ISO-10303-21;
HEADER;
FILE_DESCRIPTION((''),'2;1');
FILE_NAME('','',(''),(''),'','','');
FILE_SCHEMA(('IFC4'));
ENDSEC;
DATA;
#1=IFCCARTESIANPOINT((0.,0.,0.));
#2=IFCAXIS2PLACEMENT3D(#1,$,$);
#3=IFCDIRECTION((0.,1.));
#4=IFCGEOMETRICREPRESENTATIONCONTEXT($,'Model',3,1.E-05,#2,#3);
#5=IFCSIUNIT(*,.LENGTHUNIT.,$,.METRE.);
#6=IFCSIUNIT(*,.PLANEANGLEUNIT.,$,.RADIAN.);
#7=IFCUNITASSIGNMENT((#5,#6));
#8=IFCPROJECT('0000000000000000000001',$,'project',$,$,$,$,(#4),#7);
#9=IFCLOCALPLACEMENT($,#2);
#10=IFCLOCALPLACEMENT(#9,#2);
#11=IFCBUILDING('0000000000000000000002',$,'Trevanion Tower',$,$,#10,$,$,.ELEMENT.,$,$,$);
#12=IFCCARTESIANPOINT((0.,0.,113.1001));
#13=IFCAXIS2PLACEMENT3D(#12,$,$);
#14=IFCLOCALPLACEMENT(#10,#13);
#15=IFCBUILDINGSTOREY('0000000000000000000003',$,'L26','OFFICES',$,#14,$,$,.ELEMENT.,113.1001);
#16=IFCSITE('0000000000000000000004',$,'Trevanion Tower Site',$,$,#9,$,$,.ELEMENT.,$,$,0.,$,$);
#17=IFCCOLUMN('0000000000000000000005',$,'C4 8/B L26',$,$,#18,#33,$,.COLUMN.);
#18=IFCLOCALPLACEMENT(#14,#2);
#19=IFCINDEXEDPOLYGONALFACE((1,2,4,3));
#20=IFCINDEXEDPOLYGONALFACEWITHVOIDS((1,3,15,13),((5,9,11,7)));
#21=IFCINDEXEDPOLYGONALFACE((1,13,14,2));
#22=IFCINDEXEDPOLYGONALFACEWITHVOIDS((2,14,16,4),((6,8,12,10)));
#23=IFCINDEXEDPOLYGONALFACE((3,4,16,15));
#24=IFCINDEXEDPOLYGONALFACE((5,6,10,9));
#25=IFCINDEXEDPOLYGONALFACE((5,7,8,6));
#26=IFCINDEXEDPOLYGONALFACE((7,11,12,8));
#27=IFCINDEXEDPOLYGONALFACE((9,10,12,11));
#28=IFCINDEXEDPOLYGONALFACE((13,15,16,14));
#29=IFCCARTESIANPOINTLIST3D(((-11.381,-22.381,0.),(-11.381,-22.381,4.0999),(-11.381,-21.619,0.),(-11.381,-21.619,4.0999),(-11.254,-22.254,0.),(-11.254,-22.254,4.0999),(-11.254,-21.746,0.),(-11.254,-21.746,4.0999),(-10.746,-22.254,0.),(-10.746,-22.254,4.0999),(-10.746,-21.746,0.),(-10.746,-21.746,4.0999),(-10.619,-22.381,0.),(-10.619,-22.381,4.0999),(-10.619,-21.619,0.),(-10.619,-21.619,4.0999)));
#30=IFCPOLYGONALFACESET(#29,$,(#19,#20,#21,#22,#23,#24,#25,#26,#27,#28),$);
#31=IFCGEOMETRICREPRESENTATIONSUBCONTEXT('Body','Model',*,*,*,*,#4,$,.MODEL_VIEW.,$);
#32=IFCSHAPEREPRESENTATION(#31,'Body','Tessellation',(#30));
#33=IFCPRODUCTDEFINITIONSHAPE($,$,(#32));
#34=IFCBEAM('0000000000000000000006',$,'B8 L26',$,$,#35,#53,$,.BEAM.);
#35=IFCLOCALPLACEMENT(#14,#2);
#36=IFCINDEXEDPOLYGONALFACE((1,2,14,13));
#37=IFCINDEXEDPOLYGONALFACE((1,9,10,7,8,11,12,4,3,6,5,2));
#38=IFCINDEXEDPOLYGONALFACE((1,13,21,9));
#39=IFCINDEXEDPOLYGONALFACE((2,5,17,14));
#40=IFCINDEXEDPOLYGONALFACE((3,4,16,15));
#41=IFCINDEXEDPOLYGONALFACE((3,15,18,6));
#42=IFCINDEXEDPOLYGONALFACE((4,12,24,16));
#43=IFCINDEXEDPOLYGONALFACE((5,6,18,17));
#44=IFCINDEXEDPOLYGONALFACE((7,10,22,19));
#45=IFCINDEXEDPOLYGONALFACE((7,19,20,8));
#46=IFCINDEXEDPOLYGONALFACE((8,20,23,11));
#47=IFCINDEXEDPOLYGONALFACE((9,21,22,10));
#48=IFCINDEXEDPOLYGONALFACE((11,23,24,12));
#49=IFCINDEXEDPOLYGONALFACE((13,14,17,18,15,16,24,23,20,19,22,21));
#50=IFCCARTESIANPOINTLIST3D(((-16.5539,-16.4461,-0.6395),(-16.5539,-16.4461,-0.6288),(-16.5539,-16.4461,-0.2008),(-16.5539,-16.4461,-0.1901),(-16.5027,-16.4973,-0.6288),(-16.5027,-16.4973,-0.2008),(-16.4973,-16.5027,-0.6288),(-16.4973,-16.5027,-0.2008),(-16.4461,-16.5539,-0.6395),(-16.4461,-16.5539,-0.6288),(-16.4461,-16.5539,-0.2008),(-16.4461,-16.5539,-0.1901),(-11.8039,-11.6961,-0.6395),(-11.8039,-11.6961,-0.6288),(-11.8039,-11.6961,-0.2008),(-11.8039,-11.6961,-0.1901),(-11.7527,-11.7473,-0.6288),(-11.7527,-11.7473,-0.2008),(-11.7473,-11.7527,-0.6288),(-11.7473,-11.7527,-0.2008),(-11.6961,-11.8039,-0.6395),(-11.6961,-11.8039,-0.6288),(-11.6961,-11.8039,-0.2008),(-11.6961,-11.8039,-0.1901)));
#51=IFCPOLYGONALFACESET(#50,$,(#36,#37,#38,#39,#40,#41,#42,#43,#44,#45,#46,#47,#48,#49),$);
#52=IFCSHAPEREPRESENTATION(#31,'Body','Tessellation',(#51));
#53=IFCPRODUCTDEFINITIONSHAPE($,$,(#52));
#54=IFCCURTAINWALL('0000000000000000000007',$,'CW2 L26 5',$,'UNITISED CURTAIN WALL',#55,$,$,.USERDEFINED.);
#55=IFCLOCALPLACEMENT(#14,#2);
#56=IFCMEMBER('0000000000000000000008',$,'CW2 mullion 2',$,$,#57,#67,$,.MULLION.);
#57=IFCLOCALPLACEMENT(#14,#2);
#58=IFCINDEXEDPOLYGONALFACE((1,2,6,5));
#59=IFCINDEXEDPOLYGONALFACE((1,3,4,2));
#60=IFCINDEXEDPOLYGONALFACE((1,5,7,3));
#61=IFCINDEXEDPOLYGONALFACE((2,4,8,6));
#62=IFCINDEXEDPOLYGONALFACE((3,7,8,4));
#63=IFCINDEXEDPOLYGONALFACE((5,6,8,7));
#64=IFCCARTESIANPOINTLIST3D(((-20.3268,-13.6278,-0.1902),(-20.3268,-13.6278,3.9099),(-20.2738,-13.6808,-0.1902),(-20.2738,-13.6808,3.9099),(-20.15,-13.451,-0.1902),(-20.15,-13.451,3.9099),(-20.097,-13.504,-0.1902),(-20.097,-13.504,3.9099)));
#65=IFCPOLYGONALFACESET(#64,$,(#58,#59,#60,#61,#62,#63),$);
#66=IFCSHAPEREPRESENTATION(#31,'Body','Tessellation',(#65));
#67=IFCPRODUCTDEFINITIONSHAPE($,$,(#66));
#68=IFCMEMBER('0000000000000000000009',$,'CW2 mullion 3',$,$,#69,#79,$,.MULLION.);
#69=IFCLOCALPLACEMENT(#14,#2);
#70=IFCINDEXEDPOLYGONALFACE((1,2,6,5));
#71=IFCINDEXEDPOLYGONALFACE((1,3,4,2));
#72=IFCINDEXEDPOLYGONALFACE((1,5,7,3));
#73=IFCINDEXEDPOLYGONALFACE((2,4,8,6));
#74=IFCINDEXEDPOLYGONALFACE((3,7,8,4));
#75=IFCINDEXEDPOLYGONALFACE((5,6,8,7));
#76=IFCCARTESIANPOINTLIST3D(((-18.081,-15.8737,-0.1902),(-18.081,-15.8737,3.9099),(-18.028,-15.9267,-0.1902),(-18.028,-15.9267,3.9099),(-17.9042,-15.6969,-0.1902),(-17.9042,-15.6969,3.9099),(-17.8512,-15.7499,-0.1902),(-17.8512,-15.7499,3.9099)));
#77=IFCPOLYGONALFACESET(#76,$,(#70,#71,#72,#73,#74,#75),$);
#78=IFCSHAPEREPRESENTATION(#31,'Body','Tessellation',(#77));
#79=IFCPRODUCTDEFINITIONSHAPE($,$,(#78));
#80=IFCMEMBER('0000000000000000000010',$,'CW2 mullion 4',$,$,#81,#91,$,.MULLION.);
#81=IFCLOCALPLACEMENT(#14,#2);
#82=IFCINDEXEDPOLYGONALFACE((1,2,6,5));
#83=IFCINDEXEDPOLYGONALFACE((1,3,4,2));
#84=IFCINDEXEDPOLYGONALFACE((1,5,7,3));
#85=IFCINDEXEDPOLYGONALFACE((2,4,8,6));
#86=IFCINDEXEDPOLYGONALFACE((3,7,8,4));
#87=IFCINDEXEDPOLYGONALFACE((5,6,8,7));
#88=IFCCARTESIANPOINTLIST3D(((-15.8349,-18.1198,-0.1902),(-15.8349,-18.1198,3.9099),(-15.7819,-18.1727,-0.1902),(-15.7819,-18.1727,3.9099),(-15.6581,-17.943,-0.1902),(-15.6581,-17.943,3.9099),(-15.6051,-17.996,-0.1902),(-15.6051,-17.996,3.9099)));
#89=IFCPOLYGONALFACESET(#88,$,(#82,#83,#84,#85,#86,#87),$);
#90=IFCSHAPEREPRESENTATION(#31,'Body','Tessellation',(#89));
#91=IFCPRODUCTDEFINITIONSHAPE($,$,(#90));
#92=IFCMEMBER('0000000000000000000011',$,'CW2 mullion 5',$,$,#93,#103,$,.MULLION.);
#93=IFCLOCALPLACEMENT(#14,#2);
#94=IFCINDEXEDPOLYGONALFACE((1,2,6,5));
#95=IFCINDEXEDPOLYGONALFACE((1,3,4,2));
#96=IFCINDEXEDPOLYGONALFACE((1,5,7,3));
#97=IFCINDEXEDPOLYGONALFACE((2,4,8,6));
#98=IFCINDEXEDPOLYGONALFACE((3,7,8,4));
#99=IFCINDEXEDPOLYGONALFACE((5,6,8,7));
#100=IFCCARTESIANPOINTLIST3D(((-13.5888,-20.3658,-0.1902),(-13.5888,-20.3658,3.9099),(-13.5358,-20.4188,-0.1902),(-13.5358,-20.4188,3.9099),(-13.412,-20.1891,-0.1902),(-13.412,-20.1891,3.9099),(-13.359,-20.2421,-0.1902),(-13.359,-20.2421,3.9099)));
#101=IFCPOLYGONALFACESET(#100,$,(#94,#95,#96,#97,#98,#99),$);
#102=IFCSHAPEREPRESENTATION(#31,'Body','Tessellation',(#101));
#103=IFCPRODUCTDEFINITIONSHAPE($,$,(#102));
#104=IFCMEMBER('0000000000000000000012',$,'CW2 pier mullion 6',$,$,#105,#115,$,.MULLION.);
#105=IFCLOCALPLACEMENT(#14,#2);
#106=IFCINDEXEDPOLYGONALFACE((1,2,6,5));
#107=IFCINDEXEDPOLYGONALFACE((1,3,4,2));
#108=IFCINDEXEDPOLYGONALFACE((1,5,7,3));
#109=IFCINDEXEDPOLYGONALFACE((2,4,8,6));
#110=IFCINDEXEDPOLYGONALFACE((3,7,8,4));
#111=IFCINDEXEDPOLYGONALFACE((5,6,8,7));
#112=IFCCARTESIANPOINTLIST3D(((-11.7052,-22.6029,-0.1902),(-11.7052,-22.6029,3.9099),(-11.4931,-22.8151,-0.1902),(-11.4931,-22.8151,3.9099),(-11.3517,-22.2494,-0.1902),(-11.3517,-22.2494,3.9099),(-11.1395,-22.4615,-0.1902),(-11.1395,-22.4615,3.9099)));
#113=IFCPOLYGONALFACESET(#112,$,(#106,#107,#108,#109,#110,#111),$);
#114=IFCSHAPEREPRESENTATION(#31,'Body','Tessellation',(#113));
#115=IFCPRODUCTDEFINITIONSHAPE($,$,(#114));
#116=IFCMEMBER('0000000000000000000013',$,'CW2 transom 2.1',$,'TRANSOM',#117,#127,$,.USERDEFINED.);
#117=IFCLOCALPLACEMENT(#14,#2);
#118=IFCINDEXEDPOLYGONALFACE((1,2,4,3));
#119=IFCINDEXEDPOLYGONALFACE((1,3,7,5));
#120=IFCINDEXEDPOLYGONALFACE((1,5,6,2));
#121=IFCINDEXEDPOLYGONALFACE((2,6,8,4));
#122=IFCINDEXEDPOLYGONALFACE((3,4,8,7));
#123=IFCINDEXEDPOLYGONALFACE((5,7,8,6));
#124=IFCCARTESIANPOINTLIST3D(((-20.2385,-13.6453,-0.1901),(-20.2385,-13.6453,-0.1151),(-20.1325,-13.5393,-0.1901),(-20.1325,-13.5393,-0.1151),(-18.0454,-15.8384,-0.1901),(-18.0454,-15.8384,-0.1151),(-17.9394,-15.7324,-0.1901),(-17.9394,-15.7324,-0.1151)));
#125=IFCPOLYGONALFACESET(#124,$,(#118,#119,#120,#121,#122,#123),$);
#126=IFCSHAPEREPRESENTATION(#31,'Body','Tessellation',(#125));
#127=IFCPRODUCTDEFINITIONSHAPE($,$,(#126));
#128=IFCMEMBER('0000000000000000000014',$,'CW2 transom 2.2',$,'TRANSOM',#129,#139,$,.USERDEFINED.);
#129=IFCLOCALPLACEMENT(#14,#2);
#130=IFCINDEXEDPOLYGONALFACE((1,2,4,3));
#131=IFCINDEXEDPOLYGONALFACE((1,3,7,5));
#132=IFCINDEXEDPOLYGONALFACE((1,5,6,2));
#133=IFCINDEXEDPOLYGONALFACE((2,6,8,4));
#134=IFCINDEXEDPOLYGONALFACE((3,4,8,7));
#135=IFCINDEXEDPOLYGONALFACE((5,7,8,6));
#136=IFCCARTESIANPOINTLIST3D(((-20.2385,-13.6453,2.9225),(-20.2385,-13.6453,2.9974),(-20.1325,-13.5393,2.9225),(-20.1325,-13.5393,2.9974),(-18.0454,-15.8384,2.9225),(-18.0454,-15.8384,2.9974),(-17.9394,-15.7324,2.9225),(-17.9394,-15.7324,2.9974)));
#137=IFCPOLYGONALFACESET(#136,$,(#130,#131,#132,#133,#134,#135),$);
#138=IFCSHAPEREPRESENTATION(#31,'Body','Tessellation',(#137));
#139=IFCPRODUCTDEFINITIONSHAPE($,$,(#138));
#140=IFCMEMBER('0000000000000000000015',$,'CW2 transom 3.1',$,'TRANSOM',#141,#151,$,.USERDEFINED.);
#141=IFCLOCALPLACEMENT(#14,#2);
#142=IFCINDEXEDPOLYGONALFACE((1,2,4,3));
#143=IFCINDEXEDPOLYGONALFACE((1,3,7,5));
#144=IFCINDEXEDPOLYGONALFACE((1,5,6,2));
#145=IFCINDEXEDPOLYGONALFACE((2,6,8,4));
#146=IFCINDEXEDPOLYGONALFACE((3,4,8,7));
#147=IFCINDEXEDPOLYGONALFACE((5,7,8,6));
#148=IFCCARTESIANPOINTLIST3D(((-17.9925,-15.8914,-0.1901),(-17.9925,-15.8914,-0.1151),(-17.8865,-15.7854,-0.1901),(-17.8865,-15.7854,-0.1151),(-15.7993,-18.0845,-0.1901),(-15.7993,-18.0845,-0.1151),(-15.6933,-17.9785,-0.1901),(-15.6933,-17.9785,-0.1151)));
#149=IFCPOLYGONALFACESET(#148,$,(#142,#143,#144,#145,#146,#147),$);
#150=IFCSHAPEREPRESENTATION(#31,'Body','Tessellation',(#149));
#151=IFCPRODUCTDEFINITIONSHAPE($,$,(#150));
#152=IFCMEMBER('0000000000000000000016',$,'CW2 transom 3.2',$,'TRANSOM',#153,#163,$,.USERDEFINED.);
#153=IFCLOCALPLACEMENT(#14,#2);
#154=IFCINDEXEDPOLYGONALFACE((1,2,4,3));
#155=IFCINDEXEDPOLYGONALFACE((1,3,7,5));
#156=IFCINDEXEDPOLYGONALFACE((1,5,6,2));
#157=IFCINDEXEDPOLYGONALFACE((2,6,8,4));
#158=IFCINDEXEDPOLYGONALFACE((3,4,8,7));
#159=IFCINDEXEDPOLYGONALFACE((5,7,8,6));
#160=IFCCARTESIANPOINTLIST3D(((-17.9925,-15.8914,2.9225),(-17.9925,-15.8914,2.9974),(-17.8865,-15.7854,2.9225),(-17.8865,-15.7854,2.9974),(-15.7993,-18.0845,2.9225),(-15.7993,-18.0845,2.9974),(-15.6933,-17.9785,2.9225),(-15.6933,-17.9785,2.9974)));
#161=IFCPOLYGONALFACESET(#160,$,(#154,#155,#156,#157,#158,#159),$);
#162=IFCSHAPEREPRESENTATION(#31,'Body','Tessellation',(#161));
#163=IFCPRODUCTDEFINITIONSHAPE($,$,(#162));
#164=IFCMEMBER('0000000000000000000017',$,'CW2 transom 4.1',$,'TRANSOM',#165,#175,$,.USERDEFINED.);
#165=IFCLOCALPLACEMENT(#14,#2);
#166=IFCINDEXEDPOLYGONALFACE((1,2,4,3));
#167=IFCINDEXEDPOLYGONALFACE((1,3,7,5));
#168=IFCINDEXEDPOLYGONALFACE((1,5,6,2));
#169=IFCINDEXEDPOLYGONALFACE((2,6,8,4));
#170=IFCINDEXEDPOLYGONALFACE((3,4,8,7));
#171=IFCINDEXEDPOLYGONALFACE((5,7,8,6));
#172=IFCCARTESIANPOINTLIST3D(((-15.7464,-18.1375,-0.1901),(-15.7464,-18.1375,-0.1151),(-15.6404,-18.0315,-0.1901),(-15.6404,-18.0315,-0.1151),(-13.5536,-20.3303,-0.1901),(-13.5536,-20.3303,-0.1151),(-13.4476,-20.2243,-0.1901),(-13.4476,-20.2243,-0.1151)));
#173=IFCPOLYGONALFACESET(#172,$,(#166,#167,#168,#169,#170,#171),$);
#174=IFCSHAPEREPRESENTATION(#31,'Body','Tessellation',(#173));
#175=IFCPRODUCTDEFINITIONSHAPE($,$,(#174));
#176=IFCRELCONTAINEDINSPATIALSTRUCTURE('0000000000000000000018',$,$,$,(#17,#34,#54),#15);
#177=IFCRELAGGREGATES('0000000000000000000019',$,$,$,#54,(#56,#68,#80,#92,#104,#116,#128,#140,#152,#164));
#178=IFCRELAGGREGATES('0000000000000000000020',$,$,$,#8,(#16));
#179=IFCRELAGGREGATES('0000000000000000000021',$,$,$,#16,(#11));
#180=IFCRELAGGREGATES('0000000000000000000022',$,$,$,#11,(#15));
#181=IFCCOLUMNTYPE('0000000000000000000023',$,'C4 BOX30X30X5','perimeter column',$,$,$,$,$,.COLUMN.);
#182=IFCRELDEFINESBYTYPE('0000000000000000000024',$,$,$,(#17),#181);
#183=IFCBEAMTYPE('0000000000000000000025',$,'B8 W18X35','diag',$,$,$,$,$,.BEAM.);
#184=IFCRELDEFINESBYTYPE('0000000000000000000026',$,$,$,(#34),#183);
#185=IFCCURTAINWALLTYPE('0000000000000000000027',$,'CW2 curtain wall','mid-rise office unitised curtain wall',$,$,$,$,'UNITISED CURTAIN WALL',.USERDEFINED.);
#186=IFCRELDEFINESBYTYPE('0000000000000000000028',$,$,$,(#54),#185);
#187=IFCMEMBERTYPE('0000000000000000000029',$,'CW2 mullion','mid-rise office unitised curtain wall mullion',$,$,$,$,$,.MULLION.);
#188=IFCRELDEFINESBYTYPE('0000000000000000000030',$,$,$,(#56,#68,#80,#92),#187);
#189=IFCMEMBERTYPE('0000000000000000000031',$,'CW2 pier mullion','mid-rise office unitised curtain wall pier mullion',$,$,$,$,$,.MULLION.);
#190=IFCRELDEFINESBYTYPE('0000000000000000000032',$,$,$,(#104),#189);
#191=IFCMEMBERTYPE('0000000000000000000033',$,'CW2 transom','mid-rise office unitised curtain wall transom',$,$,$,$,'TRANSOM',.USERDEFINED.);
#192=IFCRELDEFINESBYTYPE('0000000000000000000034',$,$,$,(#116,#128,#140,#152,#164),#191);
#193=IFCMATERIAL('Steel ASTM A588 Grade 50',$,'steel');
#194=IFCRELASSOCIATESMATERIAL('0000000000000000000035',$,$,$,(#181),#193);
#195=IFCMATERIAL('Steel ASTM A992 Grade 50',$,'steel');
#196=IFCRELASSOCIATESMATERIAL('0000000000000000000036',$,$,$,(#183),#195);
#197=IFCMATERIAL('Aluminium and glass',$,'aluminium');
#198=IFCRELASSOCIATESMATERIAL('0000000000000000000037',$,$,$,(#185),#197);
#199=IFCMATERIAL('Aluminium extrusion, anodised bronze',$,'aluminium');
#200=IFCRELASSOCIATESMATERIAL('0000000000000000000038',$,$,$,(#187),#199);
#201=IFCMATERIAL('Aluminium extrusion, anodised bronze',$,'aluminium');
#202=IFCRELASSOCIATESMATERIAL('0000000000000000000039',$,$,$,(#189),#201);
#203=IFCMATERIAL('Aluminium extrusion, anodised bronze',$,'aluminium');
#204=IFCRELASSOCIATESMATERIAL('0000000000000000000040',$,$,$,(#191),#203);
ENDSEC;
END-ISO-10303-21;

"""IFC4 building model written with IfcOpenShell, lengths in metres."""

from ifc_helpers import new_model, si_unit, direction, frame, origin, origin_2d, place, context, subcontext, project, spatial, rectangle, hollow_rectangle, i_section, extrude, material, material_profile, profile_set, type_object, element, aggregate, save


model = new_model("IFC4")

# Units and contexts
model_context = context("Model", 3, precision=1e-05, world=origin(), true_north=direction((0.0, 1.0)))
body_context = subcontext(model_context, "Body", "Model", "MODEL_VIEW")
ifc_project = project(units=[si_unit("LENGTHUNIT", "METRE"), si_unit("PLANEANGLEUNIT", "RADIAN")], contexts=[model_context])

# Site, building, storey
site_placement = place(None, origin())
site = spatial("IfcSite", under=ifc_project, at=site_placement, Name="Trevanion Tower Site", CompositionType="ELEMENT", RefElevation=0.0)
building_placement = place(site_placement, origin())
building = spatial("IfcBuilding", under=site, at=building_placement, Name="Trevanion Tower", CompositionType="ELEMENT")
storey_placement = place(building_placement, frame((0.0, 0.0, 113.1001)))
storey = spatial("IfcBuildingStorey", under=building, at=storey_placement, Name="L26", Description="OFFICES", CompositionType="ELEMENT", Elevation=113.1001)

# Column
ifc_material_1 = material(Name="Steel ASTM A588 Grade 50", Category="steel")
ifc_material_profile_1 = material_profile(ifc_material_1, hollow_rectangle(XDim=0.762, YDim=0.762, WallThickness=0.127, at=origin_2d()), Name="BOX30X30X5")
ifc_profile_set_1 = profile_set([ifc_material_profile_1], Name="Steel ASTM A588 Grade 50")
column_type = type_object("IfcColumnType", Name="C4 BOX30X30X5", Description="perimeter column", PredefinedType="COLUMN", material=ifc_profile_set_1)
column_placement = place(storey_placement, frame((-11.0, -22.0, 0.0), z_axis=(0.0, 0.0, 1.0), x_axis=(1.0, 0.0, 0.0)))
element("IfcColumn", 1, at=column_placement, inside=storey, type_object=column_type, Name="C4 8/B L26", PredefinedType="COLUMN", context=body_context, shape_type="SweptSolid", body=[
    extrude(hollow_rectangle(XDim=0.762, YDim=0.762, WallThickness=0.127, at=origin_2d()), origin(), (0.0, 0.0, 1.0), 4.0999),
])

# Beam
ifc_material_2 = material(Name="Steel ASTM A992 Grade 50", Category="steel")
ifc_material_profile_2 = material_profile(ifc_material_2, i_section(OverallWidth=0.1523, OverallDepth=0.4495, WebThickness=0.0076, FlangeThickness=0.0107, at=origin_2d()), Name="W18X35")
ifc_profile_set_2 = profile_set([ifc_material_profile_2], Name="Steel ASTM A992 Grade 50")
beam_type_1 = type_object("IfcBeamType", Name="B8 W18X35", Description="diag", PredefinedType="BEAM", material=ifc_profile_set_2)
beam_1_placement = place(storey_placement, frame((-11.75, -11.75, -0.4148), z_axis=(-0.707107, -0.707107, 0.0), x_axis=(0.707107, -0.707107, 0.0)))
element("IfcBeam", 2, at=beam_1_placement, inside=storey, type_object=beam_type_1, Name="B8 L26", PredefinedType="BEAM", context=body_context, shape_type="SweptSolid", body=[
    extrude(i_section(OverallWidth=0.1523, OverallDepth=0.4495, WebThickness=0.0076, FlangeThickness=0.0107, at=origin_2d()), origin(), (0.0, 0.0, 1.0), 6.7175),
])

# Curtain wall, members
ifc_material_3 = material(Name="Aluminium and glass", Category="aluminium")
curtain_wall_type = type_object("IfcCurtainWallType", Name="CW2 curtain wall", Description="mid-rise office unitised curtain wall", ElementType="UNITISED CURTAIN WALL", PredefinedType="USERDEFINED", material=ifc_material_3)
curtain_wall_placement = place(storey_placement, origin())
curtain_wall = element("IfcCurtainWall", 3, at=curtain_wall_placement, inside=storey, type_object=curtain_wall_type, Name="CW2 L26 5", ObjectType="UNITISED CURTAIN WALL", PredefinedType="USERDEFINED")
ifc_material_4 = material(Name="Aluminium extrusion, anodised bronze", Category="aluminium")
ifc_material_profile_3 = material_profile(ifc_material_4, rectangle(XDim=0.075, YDim=0.25, at=origin_2d()), Name="CW2 mullion")
ifc_profile_set_3 = profile_set([ifc_material_profile_3], Name="Aluminium extrusion, anodised bronze")
member_type_1 = type_object("IfcMemberType", Name="CW2 mullion", Description="mid-rise office unitised curtain wall mullion", PredefinedType="MULLION", material=ifc_profile_set_3)
member_1_placement = place(storey_placement, frame((-20.2119, -13.5659, -0.1902), z_axis=(0.0, 0.0, 1.0), x_axis=(0.707107, -0.707107, 0.0)))
member_1 = element("IfcMember", 4, at=member_1_placement, type_object=member_type_1, Name="CW2 mullion 2", PredefinedType="MULLION", context=body_context, shape_type="SweptSolid", body=[
    extrude(rectangle(XDim=0.075, YDim=0.25, at=origin_2d()), origin(), (0.0, 0.0, 1.0), 4.1001),
])
member_2_placement = place(storey_placement, frame((-17.9661, -15.8118, -0.1902), z_axis=(0.0, 0.0, 1.0), x_axis=(0.707107, -0.707107, 0.0)))
member_2 = element("IfcMember", 5, at=member_2_placement, type_object=member_type_1, Name="CW2 mullion 3", PredefinedType="MULLION", context=body_context, shape_type="SweptSolid", body=[
    extrude(rectangle(XDim=0.075, YDim=0.25, at=origin_2d()), origin(), (0.0, 0.0, 1.0), 4.1001),
])
member_3_placement = place(storey_placement, frame((-15.72, -18.0579, -0.1902), z_axis=(0.0, 0.0, 1.0), x_axis=(0.707107, -0.707107, 0.0)))
member_3 = element("IfcMember", 6, at=member_3_placement, type_object=member_type_1, Name="CW2 mullion 4", PredefinedType="MULLION", context=body_context, shape_type="SweptSolid", body=[
    extrude(rectangle(XDim=0.075, YDim=0.25, at=origin_2d()), origin(), (0.0, 0.0, 1.0), 4.1001),
])
member_4_placement = place(storey_placement, frame((-13.4739, -20.304, -0.1902), z_axis=(0.0, 0.0, 1.0), x_axis=(0.707107, -0.707107, 0.0)))
member_4 = element("IfcMember", 7, at=member_4_placement, type_object=member_type_1, Name="CW2 mullion 5", PredefinedType="MULLION", context=body_context, shape_type="SweptSolid", body=[
    extrude(rectangle(XDim=0.075, YDim=0.25, at=origin_2d()), origin(), (0.0, 0.0, 1.0), 4.1001),
])
ifc_material_5 = material(Name="Aluminium extrusion, anodised bronze", Category="aluminium")
ifc_material_profile_4 = material_profile(ifc_material_5, rectangle(XDim=0.3, YDim=0.5, at=origin_2d()), Name="CW2 pier mullion")
ifc_profile_set_4 = profile_set([ifc_material_profile_4], Name="Aluminium extrusion, anodised bronze")
member_type_2 = type_object("IfcMemberType", Name="CW2 pier mullion", Description="mid-rise office unitised curtain wall pier mullion", PredefinedType="MULLION", material=ifc_profile_set_4)
member_5_placement = place(storey_placement, frame((-11.4224, -22.5322, -0.1902), z_axis=(0.0, 0.0, 1.0), x_axis=(0.707107, -0.707107, 0.0)))
member_5 = element("IfcMember", 8, at=member_5_placement, type_object=member_type_2, Name="CW2 pier mullion 6", PredefinedType="MULLION", context=body_context, shape_type="SweptSolid", body=[
    extrude(rectangle(XDim=0.3, YDim=0.5, at=origin_2d()), origin(), (0.0, 0.0, 1.0), 4.1001),
])
ifc_material_6 = material(Name="Aluminium extrusion, anodised bronze", Category="aluminium")
ifc_material_profile_5 = material_profile(ifc_material_6, rectangle(XDim=0.1499, YDim=0.075, at=origin_2d()), Name="CW2 transom")
ifc_profile_set_5 = profile_set([ifc_material_profile_5], Name="Aluminium extrusion, anodised bronze")
member_type_3 = type_object("IfcMemberType", Name="CW2 transom", Description="mid-rise office unitised curtain wall transom", ElementType="TRANSOM", PredefinedType="USERDEFINED", material=ifc_profile_set_5)
member_6_placement = place(storey_placement, frame((-20.1855, -13.5923, -0.1526), z_axis=(0.707107, -0.707107, 0.0), x_axis=(0.707107, 0.707107, 0.0)))
member_6 = element("IfcMember", 9, at=member_6_placement, type_object=member_type_3, Name="CW2 transom 2.1", ObjectType="TRANSOM", PredefinedType="USERDEFINED", context=body_context, shape_type="SweptSolid", body=[
    extrude(rectangle(XDim=0.1499, YDim=0.075, at=origin_2d()), origin(), (0.0, 0.0, 1.0), 3.1016),
])
member_7_placement = place(storey_placement, frame((-20.1855, -13.5923, 2.96), z_axis=(0.707107, -0.707107, 0.0), x_axis=(0.707107, 0.707107, 0.0)))
member_7 = element("IfcMember", 10, at=member_7_placement, type_object=member_type_3, Name="CW2 transom 2.2", ObjectType="TRANSOM", PredefinedType="USERDEFINED", context=body_context, shape_type="SweptSolid", body=[
    extrude(rectangle(XDim=0.1499, YDim=0.075, at=origin_2d()), origin(), (0.0, 0.0, 1.0), 3.1016),
])
member_8_placement = place(storey_placement, frame((-17.9395, -15.8384, -0.1526), z_axis=(0.707107, -0.707107, 0.0), x_axis=(0.707107, 0.707107, 0.0)))
member_8 = element("IfcMember", 11, at=member_8_placement, type_object=member_type_3, Name="CW2 transom 3.1", ObjectType="TRANSOM", PredefinedType="USERDEFINED", context=body_context, shape_type="SweptSolid", body=[
    extrude(rectangle(XDim=0.1499, YDim=0.075, at=origin_2d()), origin(), (0.0, 0.0, 1.0), 3.1016),
])
member_9_placement = place(storey_placement, frame((-17.9395, -15.8384, 2.96), z_axis=(0.707107, -0.707107, 0.0), x_axis=(0.707107, 0.707107, 0.0)))
member_9 = element("IfcMember", 12, at=member_9_placement, type_object=member_type_3, Name="CW2 transom 3.2", ObjectType="TRANSOM", PredefinedType="USERDEFINED", context=body_context, shape_type="SweptSolid", body=[
    extrude(rectangle(XDim=0.1499, YDim=0.075, at=origin_2d()), origin(), (0.0, 0.0, 1.0), 3.1016),
])
member_10_placement = place(storey_placement, frame((-15.6934, -18.0845, -0.1526), z_axis=(0.707107, -0.707107, 0.0), x_axis=(0.707107, 0.707107, 0.0)))
member_10 = element("IfcMember", 13, at=member_10_placement, type_object=member_type_3, Name="CW2 transom 4.1", ObjectType="TRANSOM", PredefinedType="USERDEFINED", context=body_context, shape_type="SweptSolid", body=[
    extrude(rectangle(XDim=0.1499, YDim=0.075, at=origin_2d()), origin(), (0.0, 0.0, 1.0), 3.1011),
])

aggregate(curtain_wall, [member_1, member_2, member_3, member_4, member_5, member_6, member_7, member_8, member_9, member_10])

save(model, "model.ifc")
